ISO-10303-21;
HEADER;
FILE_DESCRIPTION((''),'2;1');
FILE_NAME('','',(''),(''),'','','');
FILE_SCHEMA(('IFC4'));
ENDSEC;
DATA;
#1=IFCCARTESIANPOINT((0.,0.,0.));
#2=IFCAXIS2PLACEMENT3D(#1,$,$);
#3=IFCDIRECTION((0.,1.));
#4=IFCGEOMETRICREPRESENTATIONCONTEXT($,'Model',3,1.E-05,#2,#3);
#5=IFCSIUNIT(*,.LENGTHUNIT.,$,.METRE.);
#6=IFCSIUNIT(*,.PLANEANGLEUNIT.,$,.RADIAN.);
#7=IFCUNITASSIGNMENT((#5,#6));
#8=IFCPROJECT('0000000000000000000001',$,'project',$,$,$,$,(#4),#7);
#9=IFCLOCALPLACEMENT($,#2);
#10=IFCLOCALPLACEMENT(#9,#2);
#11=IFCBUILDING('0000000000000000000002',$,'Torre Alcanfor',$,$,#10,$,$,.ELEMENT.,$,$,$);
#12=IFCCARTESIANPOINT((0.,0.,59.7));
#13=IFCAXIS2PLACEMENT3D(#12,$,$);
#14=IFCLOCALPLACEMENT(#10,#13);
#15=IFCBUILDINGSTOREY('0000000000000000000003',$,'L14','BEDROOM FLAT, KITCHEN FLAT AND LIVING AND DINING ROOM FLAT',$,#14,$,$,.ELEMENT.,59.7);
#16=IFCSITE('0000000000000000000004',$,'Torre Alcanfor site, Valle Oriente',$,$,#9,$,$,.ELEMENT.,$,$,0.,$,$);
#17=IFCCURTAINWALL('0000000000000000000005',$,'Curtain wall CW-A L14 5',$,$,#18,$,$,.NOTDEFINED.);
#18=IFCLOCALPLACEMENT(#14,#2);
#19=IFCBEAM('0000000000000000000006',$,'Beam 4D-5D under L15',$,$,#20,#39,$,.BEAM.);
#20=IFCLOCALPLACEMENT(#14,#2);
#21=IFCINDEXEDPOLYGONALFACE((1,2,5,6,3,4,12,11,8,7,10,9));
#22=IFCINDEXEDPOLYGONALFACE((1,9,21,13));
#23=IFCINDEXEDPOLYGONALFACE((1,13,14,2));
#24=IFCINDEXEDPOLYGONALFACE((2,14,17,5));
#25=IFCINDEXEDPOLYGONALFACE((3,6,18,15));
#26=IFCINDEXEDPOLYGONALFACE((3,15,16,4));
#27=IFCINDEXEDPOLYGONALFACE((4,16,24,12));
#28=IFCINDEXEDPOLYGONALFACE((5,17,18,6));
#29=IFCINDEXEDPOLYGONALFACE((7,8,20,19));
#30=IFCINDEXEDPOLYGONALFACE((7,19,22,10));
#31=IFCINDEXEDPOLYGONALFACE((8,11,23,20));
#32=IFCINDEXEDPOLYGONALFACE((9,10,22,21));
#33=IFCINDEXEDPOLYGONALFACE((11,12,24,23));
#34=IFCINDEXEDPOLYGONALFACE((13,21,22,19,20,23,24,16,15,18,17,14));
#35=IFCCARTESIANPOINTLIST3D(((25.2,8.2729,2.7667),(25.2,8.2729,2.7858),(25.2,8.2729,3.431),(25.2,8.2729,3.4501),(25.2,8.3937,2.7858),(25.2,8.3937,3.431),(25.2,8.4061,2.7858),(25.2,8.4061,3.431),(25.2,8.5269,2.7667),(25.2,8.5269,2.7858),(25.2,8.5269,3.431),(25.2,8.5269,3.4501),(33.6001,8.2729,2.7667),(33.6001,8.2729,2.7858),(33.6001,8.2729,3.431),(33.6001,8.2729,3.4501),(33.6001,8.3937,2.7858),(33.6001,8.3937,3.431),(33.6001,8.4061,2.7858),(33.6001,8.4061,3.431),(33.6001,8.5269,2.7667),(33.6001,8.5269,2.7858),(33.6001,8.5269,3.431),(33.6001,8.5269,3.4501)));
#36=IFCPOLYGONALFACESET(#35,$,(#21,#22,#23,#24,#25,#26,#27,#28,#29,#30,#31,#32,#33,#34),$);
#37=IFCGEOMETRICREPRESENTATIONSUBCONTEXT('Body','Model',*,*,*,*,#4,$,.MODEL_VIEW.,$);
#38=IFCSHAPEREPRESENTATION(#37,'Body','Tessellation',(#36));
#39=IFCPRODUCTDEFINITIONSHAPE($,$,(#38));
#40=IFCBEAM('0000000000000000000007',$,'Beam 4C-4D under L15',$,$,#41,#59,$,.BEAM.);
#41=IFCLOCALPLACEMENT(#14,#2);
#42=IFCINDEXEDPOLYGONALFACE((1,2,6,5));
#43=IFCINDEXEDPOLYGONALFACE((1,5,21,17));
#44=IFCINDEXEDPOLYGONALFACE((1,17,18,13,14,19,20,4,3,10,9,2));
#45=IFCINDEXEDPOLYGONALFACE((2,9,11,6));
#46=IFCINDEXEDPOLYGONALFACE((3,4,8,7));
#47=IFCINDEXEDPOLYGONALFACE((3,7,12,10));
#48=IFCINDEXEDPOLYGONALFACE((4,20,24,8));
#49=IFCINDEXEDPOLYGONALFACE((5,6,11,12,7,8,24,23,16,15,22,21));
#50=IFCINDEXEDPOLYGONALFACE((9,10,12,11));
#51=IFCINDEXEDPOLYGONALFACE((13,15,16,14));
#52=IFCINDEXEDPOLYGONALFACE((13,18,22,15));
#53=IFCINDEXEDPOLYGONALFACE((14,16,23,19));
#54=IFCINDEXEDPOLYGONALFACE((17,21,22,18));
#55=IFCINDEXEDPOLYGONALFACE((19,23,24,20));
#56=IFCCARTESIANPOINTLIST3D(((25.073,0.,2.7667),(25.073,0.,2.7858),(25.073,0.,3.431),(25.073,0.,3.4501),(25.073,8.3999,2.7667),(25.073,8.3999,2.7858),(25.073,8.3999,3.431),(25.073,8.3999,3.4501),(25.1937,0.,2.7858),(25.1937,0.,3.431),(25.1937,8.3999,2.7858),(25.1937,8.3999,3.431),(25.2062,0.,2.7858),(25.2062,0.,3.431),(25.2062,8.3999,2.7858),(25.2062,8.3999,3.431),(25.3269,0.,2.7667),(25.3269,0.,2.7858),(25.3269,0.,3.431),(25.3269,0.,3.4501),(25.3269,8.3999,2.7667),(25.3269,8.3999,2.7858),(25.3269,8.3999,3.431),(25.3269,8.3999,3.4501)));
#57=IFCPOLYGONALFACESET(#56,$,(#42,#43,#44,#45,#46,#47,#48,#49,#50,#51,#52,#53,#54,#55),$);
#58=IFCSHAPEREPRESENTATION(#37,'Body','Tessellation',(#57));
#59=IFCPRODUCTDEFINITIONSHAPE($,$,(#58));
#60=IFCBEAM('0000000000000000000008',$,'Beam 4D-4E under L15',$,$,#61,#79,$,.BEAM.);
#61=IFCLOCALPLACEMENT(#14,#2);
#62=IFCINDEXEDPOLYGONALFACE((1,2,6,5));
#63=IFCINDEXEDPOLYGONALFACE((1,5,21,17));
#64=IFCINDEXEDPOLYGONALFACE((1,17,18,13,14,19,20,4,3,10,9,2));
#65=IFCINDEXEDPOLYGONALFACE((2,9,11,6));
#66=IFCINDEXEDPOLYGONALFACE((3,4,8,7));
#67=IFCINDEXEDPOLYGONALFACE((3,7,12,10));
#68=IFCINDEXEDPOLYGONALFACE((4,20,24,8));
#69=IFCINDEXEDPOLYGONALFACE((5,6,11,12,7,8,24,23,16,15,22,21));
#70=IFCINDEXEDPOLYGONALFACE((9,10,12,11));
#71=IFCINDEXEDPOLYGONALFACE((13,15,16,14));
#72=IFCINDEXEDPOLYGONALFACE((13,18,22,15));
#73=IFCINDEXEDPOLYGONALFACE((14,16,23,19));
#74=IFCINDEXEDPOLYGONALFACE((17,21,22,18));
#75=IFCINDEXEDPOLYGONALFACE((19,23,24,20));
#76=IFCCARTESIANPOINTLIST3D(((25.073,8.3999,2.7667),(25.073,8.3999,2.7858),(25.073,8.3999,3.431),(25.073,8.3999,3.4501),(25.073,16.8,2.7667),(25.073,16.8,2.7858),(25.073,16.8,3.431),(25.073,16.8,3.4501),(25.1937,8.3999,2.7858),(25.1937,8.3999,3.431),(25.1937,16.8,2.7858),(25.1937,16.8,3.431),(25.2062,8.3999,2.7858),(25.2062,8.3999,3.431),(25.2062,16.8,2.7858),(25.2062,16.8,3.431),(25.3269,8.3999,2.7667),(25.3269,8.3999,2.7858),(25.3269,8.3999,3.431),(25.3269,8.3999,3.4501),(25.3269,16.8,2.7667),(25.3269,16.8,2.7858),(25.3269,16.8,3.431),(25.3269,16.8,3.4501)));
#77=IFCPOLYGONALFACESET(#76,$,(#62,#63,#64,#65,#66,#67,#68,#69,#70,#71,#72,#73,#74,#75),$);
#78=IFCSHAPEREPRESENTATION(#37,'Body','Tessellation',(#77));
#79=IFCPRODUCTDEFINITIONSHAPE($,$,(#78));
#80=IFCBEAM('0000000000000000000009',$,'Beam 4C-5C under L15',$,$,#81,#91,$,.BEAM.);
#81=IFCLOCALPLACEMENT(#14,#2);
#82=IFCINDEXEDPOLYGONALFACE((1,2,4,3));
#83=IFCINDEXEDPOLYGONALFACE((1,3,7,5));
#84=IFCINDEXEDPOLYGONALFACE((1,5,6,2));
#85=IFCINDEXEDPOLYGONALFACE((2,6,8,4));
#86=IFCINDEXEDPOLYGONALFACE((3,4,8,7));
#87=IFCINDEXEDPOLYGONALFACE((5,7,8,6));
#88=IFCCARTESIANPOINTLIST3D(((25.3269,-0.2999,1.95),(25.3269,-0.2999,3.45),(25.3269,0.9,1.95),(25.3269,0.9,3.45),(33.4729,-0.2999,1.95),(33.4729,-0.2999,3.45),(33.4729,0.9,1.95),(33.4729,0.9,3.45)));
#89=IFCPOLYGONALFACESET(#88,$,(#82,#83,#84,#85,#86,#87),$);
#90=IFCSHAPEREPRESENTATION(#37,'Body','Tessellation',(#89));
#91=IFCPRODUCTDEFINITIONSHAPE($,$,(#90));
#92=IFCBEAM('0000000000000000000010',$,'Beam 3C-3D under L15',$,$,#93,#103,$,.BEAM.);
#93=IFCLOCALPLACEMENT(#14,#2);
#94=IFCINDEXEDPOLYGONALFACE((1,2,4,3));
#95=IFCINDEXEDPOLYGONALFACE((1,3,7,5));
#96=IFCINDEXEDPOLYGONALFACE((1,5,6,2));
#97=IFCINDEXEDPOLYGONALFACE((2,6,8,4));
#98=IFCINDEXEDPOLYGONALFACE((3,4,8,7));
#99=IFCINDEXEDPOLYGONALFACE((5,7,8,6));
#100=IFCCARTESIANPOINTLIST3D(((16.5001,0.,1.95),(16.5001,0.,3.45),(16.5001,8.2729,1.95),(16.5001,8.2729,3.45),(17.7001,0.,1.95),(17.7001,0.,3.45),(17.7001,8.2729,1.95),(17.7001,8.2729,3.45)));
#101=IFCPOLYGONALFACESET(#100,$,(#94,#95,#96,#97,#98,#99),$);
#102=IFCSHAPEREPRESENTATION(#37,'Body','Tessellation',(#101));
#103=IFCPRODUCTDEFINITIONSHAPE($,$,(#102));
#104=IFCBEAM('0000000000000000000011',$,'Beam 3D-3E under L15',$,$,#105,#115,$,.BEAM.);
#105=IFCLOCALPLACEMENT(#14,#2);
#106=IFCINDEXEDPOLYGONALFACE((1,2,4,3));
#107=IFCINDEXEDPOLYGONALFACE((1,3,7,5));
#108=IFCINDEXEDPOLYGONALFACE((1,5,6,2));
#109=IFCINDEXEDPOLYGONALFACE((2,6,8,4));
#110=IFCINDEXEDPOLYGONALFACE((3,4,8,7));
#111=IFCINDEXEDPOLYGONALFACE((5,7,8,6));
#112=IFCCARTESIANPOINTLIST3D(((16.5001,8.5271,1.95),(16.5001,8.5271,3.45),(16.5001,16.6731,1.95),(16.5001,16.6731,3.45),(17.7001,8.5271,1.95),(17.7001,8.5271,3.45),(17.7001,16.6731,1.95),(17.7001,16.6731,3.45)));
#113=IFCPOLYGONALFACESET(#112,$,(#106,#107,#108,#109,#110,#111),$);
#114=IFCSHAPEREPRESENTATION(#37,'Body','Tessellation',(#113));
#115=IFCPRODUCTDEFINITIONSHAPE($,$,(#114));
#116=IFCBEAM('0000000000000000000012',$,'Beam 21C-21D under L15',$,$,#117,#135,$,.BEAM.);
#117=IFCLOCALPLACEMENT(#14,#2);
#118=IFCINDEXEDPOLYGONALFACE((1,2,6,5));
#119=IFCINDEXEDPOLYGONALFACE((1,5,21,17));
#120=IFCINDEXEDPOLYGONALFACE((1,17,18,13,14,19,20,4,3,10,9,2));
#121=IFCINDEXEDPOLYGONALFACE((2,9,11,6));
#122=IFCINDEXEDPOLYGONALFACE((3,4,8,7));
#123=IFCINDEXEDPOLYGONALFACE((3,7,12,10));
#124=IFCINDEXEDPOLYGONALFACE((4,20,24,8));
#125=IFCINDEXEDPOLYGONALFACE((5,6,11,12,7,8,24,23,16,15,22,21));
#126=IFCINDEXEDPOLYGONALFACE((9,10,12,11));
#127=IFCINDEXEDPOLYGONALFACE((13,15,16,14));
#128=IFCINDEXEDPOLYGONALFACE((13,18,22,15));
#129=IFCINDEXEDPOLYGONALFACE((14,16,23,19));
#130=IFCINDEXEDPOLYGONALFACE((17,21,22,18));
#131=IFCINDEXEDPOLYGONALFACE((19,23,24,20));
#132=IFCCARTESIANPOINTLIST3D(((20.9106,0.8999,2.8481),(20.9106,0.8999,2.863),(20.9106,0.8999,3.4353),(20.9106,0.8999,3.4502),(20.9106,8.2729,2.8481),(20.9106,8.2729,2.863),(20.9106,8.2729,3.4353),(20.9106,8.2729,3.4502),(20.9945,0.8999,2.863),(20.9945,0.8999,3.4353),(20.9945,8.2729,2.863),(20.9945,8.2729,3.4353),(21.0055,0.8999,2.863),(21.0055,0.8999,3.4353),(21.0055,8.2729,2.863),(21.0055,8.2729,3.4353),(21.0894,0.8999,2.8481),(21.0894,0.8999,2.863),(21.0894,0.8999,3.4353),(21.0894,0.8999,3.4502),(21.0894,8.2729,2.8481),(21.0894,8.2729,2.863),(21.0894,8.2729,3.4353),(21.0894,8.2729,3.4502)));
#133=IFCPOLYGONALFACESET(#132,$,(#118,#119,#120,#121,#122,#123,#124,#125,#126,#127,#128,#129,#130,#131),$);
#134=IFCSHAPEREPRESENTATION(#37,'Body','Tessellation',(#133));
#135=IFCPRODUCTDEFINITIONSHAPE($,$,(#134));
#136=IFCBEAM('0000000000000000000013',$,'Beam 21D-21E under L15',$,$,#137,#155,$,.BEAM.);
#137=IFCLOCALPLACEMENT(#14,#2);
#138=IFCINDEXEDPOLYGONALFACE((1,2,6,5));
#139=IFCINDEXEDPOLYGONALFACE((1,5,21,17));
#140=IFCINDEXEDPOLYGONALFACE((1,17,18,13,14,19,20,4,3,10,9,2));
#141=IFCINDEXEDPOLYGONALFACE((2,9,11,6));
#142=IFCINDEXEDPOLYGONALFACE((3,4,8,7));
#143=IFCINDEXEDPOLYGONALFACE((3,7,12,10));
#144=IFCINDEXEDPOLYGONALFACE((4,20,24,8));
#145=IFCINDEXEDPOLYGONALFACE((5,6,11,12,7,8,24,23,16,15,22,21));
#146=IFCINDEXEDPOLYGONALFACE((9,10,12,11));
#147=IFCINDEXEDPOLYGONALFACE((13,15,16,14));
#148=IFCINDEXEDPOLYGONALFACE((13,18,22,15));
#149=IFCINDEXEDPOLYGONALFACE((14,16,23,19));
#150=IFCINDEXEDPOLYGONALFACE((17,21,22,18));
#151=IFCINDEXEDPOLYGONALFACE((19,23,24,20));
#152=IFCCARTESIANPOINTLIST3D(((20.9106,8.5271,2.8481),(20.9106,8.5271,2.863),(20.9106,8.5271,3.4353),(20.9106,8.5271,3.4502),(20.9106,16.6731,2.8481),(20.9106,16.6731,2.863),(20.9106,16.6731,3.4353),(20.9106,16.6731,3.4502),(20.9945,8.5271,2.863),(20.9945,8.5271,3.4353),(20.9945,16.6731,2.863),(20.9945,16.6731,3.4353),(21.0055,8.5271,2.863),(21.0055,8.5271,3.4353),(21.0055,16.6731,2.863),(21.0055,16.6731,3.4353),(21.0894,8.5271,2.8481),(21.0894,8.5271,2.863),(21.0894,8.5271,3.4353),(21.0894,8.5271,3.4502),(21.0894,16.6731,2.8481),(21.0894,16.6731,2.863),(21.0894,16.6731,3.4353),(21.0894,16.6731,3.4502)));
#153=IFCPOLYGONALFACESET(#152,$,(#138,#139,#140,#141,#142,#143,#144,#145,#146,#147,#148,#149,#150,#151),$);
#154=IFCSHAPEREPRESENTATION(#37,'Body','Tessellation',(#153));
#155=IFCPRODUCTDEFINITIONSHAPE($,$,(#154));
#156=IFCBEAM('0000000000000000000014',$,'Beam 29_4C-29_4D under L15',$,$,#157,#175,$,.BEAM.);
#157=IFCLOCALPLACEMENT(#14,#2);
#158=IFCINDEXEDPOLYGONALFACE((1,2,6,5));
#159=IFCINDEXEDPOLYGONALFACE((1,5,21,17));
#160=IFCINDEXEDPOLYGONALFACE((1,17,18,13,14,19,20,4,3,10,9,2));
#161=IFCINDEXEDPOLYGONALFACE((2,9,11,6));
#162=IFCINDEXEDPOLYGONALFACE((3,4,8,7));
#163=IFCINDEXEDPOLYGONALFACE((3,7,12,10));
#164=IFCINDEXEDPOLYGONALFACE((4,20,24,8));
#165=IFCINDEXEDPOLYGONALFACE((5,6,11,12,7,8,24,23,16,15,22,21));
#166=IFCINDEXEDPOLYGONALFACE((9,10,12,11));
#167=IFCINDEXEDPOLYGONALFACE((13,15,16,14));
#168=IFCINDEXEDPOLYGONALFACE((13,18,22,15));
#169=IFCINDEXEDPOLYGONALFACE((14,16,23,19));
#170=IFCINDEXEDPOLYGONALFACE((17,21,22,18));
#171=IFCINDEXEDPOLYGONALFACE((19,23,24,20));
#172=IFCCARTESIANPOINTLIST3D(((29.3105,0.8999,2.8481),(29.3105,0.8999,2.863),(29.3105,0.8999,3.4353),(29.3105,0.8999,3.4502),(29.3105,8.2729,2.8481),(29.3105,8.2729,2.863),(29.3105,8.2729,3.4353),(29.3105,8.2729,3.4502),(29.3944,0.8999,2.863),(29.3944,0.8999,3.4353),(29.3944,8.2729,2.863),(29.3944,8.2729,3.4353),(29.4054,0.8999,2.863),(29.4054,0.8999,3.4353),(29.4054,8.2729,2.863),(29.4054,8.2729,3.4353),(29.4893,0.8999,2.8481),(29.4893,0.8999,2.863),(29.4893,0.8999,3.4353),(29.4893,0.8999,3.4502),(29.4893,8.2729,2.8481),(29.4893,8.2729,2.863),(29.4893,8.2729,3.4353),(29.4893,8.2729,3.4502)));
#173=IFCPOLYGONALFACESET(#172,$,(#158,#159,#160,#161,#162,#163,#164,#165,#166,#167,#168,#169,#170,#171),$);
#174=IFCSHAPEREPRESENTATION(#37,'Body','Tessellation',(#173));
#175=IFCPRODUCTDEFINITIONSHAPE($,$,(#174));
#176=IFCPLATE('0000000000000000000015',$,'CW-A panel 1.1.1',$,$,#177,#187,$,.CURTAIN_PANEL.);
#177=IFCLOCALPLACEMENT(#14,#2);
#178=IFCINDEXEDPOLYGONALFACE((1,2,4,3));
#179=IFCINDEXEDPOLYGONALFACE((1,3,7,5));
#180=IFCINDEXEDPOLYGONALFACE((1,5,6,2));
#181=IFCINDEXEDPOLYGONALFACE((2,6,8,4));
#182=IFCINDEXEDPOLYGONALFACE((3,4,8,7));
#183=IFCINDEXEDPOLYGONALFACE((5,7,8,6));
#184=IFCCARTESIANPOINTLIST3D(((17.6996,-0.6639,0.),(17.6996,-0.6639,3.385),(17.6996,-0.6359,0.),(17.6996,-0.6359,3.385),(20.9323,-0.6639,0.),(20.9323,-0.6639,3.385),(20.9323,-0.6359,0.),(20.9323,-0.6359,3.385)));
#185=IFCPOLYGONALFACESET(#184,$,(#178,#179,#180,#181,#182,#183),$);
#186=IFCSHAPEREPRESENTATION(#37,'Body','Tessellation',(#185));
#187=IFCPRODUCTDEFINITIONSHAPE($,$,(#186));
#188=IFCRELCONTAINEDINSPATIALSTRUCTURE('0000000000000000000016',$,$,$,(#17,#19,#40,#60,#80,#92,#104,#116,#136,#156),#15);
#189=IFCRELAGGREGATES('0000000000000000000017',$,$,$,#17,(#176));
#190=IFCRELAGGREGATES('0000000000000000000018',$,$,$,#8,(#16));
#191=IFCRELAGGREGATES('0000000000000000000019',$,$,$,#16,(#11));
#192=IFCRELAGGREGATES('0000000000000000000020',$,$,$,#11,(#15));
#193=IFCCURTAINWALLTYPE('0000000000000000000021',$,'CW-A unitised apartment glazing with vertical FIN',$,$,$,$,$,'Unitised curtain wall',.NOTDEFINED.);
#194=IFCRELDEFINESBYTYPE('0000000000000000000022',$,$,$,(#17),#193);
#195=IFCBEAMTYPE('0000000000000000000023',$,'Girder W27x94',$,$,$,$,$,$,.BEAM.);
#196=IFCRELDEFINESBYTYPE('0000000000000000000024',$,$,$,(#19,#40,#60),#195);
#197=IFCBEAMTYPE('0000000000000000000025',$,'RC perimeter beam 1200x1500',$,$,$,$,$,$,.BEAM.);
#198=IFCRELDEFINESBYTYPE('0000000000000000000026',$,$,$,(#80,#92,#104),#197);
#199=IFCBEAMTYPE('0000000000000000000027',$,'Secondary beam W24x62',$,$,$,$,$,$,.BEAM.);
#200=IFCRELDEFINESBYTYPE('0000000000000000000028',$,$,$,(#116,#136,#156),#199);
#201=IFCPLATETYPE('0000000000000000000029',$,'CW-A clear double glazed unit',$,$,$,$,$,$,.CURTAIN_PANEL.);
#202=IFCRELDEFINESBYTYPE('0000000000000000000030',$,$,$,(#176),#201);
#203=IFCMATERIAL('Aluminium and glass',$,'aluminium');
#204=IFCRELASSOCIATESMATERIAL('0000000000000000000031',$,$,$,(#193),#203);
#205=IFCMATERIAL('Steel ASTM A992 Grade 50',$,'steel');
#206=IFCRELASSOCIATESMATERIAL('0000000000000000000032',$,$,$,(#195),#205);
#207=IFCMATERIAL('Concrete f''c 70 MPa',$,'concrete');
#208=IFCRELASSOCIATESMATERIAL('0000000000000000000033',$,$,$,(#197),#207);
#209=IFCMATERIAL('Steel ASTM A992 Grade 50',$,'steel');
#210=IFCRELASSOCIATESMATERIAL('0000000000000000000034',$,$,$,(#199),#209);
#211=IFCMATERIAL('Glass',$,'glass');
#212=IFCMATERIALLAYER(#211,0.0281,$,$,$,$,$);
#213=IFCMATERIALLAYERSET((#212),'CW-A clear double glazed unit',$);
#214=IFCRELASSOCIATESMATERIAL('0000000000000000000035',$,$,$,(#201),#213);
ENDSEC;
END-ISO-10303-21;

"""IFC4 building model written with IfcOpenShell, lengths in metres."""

from ifc_helpers import new_model, si_unit, direction, frame, origin, origin_2d, place, context, subcontext, project, spatial, rectangle, i_section, extrude, material, layer, layer_set, material_profile, profile_set, type_object, element, aggregate, save


model = new_model("IFC4")

# Units and contexts
model_context = context("Model", 3, precision=1e-05, world=origin(), true_north=direction((0.0, 1.0)))
body_context = subcontext(model_context, "Body", "Model", "MODEL_VIEW")
ifc_project = project(units=[si_unit("LENGTHUNIT", "METRE"), si_unit("PLANEANGLEUNIT", "RADIAN")], contexts=[model_context])

# Site, building, storey
site_placement = place(None, origin())
site = spatial("IfcSite", under=ifc_project, at=site_placement, Name="Torre Alcanfor site, Valle Oriente", CompositionType="ELEMENT", RefElevation=0.0)
building_placement = place(site_placement, origin())
building = spatial("IfcBuilding", under=site, at=building_placement, Name="Torre Alcanfor", CompositionType="ELEMENT")
storey_placement = place(building_placement, frame((0.0, 0.0, 59.7)))
storey = spatial("IfcBuildingStorey", under=building, at=storey_placement, Name="L14", Description="BEDROOM FLAT, KITCHEN FLAT AND LIVING AND DINING ROOM FLAT", CompositionType="ELEMENT", Elevation=59.7)

# Curtain wall
ifc_material_1 = material(Name="Aluminium and glass", Category="aluminium")
curtain_wall_type = type_object("IfcCurtainWallType", Name="CW-A unitised apartment glazing with vertical FIN", ElementType="Unitised curtain wall", PredefinedType="NOTDEFINED", material=ifc_material_1)
curtain_wall_placement = place(storey_placement, origin())
curtain_wall = element("IfcCurtainWall", 1, at=curtain_wall_placement, inside=storey, type_object=curtain_wall_type, Name="Curtain wall CW-A L14 5", PredefinedType="NOTDEFINED")

# Beams
ifc_material_2 = material(Name="Steel ASTM A992 Grade 50", Category="steel")
ifc_material_profile_1 = material_profile(ifc_material_2, i_section(OverallWidth=0.2539, OverallDepth=0.6833, WebThickness=0.0125, FlangeThickness=0.019, at=origin_2d()), Name="W27x94")
ifc_profile_set_1 = profile_set([ifc_material_profile_1], Name="Steel ASTM A992 Grade 50")
beam_type_1 = type_object("IfcBeamType", Name="Girder W27x94", PredefinedType="BEAM", material=ifc_profile_set_1)
beam_1_placement = place(storey_placement, frame((25.2, 8.3999, 3.1084), z_axis=(1.0, 0.0, 0.0), x_axis=(0.0, 1.0, 0.0)))
element("IfcBeam", 2, at=beam_1_placement, inside=storey, type_object=beam_type_1, Name="Beam 4D-5D under L15", PredefinedType="BEAM", context=body_context, shape_type="SweptSolid", body=[
    extrude(i_section(OverallWidth=0.2539, OverallDepth=0.6833, WebThickness=0.0125, FlangeThickness=0.019, at=origin_2d()), origin(), (0.0, 0.0, 1.0), 8.4001),
])
beam_2_placement = place(storey_placement, frame((25.2, 0.0, 3.1084), z_axis=(0.0, 1.0, 0.0), x_axis=(-1.0, 0.0, 0.0)))
element("IfcBeam", 3, at=beam_2_placement, inside=storey, type_object=beam_type_1, Name="Beam 4C-4D under L15", PredefinedType="BEAM", context=body_context, shape_type="SweptSolid", body=[
    extrude(i_section(OverallWidth=0.2539, OverallDepth=0.6833, WebThickness=0.0125, FlangeThickness=0.019, at=origin_2d()), origin(), (0.0, 0.0, 1.0), 8.3999),
])
beam_3_placement = place(storey_placement, frame((25.2, 8.3999, 3.1084), z_axis=(0.0, 1.0, 0.0), x_axis=(-1.0, 0.0, 0.0)))
element("IfcBeam", 4, at=beam_3_placement, inside=storey, type_object=beam_type_1, Name="Beam 4D-4E under L15", PredefinedType="BEAM", context=body_context, shape_type="SweptSolid", body=[
    extrude(i_section(OverallWidth=0.2539, OverallDepth=0.6833, WebThickness=0.0125, FlangeThickness=0.019, at=origin_2d()), origin(), (0.0, 0.0, 1.0), 8.4001),
])
ifc_material_3 = material(Name="Concrete f'c 70 MPa", Category="concrete")
ifc_material_profile_2 = material_profile(ifc_material_3, rectangle(XDim=1.2, YDim=1.5, at=origin_2d()), Name="1200x1500")
ifc_profile_set_2 = profile_set([ifc_material_profile_2], Name="Concrete f'c 70 MPa")
beam_type_2 = type_object("IfcBeamType", Name="RC perimeter beam 1200x1500", PredefinedType="BEAM", material=ifc_profile_set_2)
beam_4_placement = place(storey_placement, frame((25.3269, 0.3, 2.7), z_axis=(1.0, 0.0, 0.0), x_axis=(0.0, 1.0, 0.0)))
element("IfcBeam", 5, at=beam_4_placement, inside=storey, type_object=beam_type_2, Name="Beam 4C-5C under L15", PredefinedType="BEAM", context=body_context, shape_type="SweptSolid", body=[
    extrude(rectangle(XDim=1.2, YDim=1.5, at=origin_2d()), origin(), (0.0, 0.0, 1.0), 8.146),
])
beam_5_placement = place(storey_placement, frame((17.1001, 0.0, 2.7), z_axis=(0.0, 1.0, 0.0), x_axis=(-1.0, 0.0, 0.0)))
element("IfcBeam", 6, at=beam_5_placement, inside=storey, type_object=beam_type_2, Name="Beam 3C-3D under L15", PredefinedType="BEAM", context=body_context, shape_type="SweptSolid", body=[
    extrude(rectangle(XDim=1.2, YDim=1.5, at=origin_2d()), origin(), (0.0, 0.0, 1.0), 8.2729),
])
beam_6_placement = place(storey_placement, frame((17.1001, 8.5271, 2.7), z_axis=(0.0, 1.0, 0.0), x_axis=(-1.0, 0.0, 0.0)))
element("IfcBeam", 7, at=beam_6_placement, inside=storey, type_object=beam_type_2, Name="Beam 3D-3E under L15", PredefinedType="BEAM", context=body_context, shape_type="SweptSolid", body=[
    extrude(rectangle(XDim=1.2, YDim=1.5, at=origin_2d()), origin(), (0.0, 0.0, 1.0), 8.146),
])
ifc_material_4 = material(Name="Steel ASTM A992 Grade 50", Category="steel")
ifc_material_profile_3 = material_profile(ifc_material_4, i_section(OverallWidth=0.1787, OverallDepth=0.6021, WebThickness=0.011, FlangeThickness=0.0149, at=origin_2d()), Name="W24x62")
ifc_profile_set_3 = profile_set([ifc_material_profile_3], Name="Steel ASTM A992 Grade 50")
beam_type_3 = type_object("IfcBeamType", Name="Secondary beam W24x62", PredefinedType="BEAM", material=ifc_profile_set_3)
beam_7_placement = place(storey_placement, frame((21.0, 0.8999, 3.1492), z_axis=(0.0, 1.0, 0.0), x_axis=(-1.0, 0.0, 0.0)))
element("IfcBeam", 8, at=beam_7_placement, inside=storey, type_object=beam_type_3, Name="Beam 21C-21D under L15", PredefinedType="BEAM", context=body_context, shape_type="SweptSolid", body=[
    extrude(i_section(OverallWidth=0.1787, OverallDepth=0.6021, WebThickness=0.011, FlangeThickness=0.0149, at=origin_2d()), origin(), (0.0, 0.0, 1.0), 7.373),
])
beam_8_placement = place(storey_placement, frame((21.0, 8.5271, 3.1492), z_axis=(0.0, 1.0, 0.0), x_axis=(-1.0, 0.0, 0.0)))
element("IfcBeam", 9, at=beam_8_placement, inside=storey, type_object=beam_type_3, Name="Beam 21D-21E under L15", PredefinedType="BEAM", context=body_context, shape_type="SweptSolid", body=[
    extrude(i_section(OverallWidth=0.1787, OverallDepth=0.6021, WebThickness=0.011, FlangeThickness=0.0149, at=origin_2d()), origin(), (0.0, 0.0, 1.0), 8.146),
])
beam_9_placement = place(storey_placement, frame((29.3999, 0.8999, 3.1492), z_axis=(0.0, 1.0, 0.0), x_axis=(-1.0, 0.0, 0.0)))
element("IfcBeam", 10, at=beam_9_placement, inside=storey, type_object=beam_type_3, Name="Beam 29_4C-29_4D under L15", PredefinedType="BEAM", context=body_context, shape_type="SweptSolid", body=[
    extrude(i_section(OverallWidth=0.1787, OverallDepth=0.6021, WebThickness=0.011, FlangeThickness=0.0149, at=origin_2d()), origin(), (0.0, 0.0, 1.0), 7.373),
])

# Plate
ifc_material_5 = material(Name="Glass", Category="glass")
ifc_layer_1 = layer(ifc_material_5, 0.0281)
ifc_layer_set_1 = layer_set([ifc_layer_1], Name="CW-A clear double glazed unit")
plate_type = type_object("IfcPlateType", Name="CW-A clear double glazed unit", PredefinedType="CURTAIN_PANEL", material=ifc_layer_set_1)
plate_1_placement = place(storey_placement, frame((19.3159, -0.6499, 0.0), z_axis=(0.0, 0.0, 1.0), x_axis=(1.0, 0.0, 0.0)))
plate_1 = element("IfcPlate", 11, at=plate_1_placement, type_object=plate_type, Name="CW-A panel 1.1.1", PredefinedType="CURTAIN_PANEL", context=body_context, shape_type="SweptSolid", body=[
    extrude(rectangle(XDim=3.2327, YDim=0.0281, at=origin_2d()), origin(), (0.0, 0.0, 1.0), 3.385),
])
aggregate(curtain_wall, [plate_1])

save(model, "model.ifc")
